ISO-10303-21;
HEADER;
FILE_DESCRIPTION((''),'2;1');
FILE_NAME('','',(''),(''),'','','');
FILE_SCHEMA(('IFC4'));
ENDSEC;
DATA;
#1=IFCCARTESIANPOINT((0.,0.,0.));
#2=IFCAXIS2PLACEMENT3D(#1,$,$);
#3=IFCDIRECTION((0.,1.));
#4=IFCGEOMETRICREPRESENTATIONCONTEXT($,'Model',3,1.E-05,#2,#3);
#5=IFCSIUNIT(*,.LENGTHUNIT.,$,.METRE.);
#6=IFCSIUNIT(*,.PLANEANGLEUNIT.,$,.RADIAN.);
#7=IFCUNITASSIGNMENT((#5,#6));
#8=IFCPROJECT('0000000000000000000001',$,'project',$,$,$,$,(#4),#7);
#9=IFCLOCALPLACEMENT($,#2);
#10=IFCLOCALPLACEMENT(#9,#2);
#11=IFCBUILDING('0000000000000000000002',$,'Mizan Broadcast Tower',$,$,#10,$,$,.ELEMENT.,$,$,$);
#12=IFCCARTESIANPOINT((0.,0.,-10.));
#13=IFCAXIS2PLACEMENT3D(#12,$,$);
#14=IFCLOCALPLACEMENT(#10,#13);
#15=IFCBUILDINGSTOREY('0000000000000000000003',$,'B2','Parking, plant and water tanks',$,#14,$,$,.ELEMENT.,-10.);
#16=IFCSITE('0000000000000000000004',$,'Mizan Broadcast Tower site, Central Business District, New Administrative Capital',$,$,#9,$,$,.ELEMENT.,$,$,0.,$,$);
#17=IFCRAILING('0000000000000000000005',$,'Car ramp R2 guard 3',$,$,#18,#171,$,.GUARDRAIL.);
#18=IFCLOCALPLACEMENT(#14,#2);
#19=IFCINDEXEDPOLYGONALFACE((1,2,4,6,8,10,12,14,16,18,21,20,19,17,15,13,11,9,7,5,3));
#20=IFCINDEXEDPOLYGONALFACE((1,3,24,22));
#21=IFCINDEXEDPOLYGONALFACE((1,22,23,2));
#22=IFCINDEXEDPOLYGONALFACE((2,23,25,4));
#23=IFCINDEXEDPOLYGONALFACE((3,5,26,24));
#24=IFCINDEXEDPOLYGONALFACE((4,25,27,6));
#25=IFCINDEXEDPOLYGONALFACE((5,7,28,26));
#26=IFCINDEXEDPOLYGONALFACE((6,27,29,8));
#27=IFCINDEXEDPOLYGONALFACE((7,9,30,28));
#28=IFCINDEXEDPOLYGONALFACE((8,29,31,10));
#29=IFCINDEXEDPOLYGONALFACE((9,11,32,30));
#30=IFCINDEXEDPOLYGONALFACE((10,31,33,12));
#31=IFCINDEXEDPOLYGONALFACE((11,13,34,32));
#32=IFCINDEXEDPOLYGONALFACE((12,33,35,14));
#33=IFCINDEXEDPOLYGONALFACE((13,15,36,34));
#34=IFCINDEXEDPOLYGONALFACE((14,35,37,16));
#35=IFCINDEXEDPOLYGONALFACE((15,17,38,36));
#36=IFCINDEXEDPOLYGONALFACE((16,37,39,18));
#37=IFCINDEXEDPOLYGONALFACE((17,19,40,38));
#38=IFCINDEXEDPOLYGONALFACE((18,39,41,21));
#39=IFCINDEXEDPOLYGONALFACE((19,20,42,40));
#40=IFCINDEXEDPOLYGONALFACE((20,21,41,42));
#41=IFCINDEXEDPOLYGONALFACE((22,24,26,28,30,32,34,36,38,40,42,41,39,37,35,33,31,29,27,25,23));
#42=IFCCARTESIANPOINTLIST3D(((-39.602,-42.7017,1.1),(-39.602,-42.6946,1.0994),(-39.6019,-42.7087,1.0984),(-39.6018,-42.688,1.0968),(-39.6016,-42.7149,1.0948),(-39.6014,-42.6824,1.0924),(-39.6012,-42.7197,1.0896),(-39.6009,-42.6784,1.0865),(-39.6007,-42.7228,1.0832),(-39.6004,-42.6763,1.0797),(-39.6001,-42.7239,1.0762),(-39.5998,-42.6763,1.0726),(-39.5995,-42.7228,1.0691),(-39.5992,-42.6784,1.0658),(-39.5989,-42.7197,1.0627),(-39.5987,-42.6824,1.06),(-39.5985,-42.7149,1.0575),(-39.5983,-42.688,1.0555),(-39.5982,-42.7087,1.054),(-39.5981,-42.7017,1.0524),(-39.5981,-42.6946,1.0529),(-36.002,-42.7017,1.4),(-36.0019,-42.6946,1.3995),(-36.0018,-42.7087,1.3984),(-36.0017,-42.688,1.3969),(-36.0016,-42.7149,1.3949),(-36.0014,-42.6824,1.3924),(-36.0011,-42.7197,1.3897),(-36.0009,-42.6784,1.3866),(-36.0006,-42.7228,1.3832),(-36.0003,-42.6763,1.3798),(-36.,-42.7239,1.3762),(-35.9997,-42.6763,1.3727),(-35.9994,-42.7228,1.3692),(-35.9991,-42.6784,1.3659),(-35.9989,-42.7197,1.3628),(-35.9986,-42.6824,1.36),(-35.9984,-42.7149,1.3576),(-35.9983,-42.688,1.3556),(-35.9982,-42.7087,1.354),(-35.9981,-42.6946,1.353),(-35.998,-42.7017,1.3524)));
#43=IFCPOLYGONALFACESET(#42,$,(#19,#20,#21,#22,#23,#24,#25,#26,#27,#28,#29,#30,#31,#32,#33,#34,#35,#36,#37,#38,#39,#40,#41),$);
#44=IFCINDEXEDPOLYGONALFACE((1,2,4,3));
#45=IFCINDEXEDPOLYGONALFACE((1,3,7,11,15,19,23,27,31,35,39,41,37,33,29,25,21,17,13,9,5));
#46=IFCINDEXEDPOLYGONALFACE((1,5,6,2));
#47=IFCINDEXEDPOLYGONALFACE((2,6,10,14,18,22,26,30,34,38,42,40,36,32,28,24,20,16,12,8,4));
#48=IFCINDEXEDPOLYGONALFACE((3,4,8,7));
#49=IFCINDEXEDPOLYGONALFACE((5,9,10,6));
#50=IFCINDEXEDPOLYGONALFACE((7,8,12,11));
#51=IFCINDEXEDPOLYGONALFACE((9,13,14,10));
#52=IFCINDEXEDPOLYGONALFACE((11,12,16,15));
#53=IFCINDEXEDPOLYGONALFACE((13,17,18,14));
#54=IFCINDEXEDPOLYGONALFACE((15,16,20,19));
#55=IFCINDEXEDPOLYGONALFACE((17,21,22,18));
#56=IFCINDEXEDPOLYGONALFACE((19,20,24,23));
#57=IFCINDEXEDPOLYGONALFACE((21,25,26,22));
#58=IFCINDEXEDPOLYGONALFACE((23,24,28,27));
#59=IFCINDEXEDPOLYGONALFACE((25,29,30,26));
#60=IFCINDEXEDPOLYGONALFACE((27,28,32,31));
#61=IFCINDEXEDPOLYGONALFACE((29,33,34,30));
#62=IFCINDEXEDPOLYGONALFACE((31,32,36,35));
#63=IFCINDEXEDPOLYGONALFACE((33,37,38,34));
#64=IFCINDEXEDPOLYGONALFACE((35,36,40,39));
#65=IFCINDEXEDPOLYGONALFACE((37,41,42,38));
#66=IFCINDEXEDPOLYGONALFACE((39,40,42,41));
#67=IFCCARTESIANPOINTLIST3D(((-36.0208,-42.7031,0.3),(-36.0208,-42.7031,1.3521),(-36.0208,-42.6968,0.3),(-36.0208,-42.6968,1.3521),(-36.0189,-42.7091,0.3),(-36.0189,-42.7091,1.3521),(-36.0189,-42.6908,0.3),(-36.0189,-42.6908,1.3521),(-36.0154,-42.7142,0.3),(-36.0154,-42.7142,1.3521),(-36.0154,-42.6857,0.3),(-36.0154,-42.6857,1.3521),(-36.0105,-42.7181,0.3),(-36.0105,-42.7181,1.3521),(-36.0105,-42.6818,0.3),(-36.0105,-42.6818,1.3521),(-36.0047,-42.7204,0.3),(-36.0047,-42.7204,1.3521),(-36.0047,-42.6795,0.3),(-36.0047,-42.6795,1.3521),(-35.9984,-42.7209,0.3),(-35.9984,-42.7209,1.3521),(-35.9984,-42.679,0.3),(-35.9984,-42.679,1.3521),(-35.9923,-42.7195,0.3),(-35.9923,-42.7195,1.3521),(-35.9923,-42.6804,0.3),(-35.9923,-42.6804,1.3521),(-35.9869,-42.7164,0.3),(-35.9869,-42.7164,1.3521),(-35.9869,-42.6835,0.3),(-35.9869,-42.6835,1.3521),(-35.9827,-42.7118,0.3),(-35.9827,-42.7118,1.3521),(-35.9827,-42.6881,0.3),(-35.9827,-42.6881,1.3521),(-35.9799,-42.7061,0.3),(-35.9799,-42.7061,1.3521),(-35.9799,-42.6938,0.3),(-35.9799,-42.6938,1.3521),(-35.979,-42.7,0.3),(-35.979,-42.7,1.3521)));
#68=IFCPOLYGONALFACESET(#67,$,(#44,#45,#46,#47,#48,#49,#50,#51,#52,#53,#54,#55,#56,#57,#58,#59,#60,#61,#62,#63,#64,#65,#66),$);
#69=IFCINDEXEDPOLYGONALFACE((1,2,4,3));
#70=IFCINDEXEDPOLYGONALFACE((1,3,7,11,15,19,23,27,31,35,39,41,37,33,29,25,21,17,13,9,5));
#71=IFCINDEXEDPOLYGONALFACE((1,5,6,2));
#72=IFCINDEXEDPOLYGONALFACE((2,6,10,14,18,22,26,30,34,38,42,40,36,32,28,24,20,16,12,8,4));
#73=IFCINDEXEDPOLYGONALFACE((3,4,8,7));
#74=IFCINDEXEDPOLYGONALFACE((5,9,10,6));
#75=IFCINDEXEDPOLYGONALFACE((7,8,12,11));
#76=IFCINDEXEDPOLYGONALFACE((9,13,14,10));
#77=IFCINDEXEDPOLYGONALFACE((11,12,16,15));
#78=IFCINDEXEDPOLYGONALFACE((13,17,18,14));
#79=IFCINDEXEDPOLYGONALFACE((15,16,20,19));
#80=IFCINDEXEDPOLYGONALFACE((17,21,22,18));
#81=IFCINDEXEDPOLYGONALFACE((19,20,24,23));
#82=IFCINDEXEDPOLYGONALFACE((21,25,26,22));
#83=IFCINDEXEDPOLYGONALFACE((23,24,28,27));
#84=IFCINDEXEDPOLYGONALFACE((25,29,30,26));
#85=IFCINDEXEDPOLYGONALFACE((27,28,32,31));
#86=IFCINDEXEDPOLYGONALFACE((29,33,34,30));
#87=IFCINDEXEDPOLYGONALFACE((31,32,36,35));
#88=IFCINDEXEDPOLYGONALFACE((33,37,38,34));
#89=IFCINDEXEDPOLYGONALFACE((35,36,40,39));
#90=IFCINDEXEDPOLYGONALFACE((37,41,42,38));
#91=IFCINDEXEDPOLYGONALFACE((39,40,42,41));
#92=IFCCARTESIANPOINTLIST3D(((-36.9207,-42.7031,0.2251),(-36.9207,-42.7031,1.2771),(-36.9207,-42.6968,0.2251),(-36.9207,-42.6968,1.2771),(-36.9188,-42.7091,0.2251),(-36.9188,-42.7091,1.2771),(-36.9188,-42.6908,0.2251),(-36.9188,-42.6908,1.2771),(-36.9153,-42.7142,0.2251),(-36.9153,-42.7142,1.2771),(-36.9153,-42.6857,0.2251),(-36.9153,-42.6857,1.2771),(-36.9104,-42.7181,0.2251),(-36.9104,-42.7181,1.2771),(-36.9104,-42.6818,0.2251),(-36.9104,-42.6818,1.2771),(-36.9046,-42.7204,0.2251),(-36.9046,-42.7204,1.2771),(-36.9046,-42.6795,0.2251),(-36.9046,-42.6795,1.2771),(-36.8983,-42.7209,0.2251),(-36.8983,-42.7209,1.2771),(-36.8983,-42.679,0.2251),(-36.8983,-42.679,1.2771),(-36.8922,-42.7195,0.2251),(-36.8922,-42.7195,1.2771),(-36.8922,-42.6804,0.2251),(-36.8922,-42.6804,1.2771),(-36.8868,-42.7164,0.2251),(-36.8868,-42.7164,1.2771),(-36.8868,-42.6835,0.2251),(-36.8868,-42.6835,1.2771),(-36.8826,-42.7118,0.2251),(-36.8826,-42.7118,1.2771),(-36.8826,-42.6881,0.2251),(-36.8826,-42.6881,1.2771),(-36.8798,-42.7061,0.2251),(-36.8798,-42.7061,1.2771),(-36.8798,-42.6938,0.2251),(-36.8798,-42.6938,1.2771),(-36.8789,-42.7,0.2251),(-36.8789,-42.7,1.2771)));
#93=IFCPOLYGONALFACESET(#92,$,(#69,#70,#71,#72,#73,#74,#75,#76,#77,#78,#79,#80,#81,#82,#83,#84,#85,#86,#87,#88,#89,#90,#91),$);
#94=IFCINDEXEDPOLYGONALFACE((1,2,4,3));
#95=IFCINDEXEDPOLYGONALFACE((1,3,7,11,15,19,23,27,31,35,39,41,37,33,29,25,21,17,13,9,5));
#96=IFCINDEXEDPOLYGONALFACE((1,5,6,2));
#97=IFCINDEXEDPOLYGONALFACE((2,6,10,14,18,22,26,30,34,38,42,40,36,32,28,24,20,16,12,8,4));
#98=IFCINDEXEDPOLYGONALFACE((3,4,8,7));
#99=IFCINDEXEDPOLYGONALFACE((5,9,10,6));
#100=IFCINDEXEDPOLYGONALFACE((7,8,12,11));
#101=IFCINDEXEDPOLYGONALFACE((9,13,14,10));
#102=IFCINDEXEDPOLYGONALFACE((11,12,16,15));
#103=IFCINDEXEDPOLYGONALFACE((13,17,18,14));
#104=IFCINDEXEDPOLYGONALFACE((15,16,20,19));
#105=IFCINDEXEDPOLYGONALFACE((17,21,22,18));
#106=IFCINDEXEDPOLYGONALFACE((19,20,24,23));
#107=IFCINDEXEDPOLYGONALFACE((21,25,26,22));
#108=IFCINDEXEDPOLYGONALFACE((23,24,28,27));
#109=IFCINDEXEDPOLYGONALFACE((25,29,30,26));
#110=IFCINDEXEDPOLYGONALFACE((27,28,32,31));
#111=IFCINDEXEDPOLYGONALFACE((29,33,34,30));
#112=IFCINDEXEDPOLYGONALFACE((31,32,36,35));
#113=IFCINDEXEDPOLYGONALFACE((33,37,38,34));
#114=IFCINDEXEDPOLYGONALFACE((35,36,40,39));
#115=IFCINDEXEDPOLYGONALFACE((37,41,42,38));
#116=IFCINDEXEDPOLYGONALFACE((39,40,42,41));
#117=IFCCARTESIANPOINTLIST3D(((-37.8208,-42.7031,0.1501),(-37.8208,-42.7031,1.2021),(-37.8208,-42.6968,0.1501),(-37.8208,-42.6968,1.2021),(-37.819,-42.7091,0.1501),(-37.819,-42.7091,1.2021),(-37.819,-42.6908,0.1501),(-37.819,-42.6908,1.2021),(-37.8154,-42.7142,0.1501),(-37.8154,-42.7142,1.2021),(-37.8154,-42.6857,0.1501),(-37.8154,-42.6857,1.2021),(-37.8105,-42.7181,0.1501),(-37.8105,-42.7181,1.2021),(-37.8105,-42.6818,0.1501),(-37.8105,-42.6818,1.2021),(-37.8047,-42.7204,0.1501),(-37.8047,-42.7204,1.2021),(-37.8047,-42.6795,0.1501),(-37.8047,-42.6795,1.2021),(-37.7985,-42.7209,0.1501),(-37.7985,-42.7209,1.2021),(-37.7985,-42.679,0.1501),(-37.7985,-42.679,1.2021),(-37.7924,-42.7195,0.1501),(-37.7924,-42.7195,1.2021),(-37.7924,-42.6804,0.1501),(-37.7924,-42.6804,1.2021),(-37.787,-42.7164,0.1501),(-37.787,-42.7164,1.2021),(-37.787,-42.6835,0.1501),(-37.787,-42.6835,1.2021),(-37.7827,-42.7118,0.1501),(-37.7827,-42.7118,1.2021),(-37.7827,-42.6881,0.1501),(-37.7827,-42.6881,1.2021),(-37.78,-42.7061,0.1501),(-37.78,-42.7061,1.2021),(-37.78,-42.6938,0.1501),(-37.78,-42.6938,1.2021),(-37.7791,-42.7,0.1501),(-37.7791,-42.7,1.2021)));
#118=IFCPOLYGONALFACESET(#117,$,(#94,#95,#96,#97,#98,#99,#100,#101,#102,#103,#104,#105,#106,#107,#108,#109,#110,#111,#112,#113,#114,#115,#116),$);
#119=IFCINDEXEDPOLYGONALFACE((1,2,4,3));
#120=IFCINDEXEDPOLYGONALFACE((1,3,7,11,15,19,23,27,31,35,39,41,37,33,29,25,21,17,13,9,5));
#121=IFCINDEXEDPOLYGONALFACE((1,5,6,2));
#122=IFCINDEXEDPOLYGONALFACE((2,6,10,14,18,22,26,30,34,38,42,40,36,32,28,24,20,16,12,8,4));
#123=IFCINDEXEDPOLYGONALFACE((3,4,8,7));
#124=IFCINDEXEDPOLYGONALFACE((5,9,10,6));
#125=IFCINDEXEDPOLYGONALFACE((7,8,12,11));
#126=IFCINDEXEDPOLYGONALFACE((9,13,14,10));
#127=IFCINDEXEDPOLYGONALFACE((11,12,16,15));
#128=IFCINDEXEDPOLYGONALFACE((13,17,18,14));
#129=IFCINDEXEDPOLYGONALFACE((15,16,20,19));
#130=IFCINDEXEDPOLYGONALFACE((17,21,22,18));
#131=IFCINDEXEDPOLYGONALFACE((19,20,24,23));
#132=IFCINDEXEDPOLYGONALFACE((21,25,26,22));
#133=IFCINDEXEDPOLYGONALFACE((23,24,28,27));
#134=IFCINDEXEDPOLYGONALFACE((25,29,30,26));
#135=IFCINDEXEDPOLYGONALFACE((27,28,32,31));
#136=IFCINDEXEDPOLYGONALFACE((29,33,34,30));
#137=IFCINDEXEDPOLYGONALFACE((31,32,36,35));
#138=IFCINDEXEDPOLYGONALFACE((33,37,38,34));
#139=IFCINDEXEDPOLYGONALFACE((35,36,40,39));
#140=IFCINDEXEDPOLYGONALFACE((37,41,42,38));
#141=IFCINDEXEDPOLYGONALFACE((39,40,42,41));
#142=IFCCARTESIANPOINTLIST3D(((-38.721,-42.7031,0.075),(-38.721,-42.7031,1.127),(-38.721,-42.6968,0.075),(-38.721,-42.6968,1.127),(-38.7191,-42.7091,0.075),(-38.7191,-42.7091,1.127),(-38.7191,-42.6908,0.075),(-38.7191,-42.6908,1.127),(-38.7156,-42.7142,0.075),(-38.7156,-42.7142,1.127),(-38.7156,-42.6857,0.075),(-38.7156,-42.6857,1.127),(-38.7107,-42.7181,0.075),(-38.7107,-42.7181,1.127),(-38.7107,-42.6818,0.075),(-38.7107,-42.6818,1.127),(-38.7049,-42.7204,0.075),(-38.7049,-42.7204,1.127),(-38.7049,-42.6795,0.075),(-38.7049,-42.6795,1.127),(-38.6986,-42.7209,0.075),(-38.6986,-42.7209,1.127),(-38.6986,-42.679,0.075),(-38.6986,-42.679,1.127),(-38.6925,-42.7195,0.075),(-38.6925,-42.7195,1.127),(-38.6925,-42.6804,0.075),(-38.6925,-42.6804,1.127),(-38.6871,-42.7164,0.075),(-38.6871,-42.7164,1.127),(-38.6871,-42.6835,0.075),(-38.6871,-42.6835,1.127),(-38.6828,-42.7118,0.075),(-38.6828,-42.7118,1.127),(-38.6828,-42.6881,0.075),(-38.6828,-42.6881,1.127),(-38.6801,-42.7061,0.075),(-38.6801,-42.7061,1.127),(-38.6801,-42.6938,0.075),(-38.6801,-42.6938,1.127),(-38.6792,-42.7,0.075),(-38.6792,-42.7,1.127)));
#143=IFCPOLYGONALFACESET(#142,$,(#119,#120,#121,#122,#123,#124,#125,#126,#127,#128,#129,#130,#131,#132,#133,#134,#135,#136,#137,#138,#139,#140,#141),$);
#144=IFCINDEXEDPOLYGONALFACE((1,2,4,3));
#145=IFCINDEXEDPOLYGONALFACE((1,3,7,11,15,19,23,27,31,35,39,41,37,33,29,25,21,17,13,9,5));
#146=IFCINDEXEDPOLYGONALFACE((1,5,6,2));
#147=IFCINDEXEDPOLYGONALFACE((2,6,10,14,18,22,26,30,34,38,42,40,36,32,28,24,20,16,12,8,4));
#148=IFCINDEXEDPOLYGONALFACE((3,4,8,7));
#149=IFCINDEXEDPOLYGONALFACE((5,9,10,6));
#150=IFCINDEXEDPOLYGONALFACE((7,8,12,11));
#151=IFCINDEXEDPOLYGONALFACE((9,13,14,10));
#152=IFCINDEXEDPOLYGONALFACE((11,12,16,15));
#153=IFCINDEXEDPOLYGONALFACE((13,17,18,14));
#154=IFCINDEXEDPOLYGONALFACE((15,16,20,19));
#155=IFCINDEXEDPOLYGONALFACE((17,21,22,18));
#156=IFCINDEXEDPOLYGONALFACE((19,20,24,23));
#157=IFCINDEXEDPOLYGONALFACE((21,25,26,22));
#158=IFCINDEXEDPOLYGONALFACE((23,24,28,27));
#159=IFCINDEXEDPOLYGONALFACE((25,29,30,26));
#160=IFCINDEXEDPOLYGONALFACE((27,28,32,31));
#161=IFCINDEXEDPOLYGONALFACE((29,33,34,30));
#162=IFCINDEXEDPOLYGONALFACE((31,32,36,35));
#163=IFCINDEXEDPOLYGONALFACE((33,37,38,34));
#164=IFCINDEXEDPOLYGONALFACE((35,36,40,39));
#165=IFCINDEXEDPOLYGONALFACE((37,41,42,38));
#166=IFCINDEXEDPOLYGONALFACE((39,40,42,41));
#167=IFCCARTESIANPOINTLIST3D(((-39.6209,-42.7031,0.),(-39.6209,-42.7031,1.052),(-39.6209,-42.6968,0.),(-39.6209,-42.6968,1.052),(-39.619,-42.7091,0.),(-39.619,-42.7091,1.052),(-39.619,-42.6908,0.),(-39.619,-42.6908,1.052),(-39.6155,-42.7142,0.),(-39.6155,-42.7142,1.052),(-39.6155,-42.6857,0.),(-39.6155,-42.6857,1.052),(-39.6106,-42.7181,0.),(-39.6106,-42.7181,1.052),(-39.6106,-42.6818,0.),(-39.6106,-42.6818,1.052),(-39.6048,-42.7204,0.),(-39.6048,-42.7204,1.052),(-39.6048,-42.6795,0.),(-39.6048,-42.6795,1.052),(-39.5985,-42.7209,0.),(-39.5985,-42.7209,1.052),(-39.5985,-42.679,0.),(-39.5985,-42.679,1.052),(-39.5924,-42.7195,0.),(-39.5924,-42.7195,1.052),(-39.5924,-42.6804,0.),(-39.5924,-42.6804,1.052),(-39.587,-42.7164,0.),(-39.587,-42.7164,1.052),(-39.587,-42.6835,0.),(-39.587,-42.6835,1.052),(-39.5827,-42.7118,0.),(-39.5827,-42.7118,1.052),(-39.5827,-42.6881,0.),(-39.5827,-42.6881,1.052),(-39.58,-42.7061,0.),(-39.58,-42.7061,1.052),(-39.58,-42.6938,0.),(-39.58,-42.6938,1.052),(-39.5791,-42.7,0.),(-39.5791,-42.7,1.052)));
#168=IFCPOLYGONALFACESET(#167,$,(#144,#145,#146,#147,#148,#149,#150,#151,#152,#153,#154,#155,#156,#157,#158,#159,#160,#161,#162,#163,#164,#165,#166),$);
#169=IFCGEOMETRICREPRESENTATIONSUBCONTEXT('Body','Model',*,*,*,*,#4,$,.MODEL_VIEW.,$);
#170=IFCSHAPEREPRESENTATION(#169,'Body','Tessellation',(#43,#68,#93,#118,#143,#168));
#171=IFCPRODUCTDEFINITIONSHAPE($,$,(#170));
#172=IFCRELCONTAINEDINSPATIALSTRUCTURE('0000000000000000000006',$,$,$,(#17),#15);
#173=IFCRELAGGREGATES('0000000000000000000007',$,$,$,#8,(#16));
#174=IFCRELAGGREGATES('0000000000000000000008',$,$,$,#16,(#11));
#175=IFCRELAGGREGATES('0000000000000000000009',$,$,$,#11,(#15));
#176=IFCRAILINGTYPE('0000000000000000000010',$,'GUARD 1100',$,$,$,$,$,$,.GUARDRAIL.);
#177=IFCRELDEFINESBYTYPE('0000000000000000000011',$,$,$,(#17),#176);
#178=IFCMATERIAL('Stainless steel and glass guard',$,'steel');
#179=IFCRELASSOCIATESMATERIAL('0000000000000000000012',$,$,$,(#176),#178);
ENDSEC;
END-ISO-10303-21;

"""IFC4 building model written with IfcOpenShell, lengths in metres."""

from ifc_helpers import new_model, si_unit, direction, frame, origin, origin_2d, place, context, subcontext, project, spatial, circle, extrude, material, type_object, element, save


model = new_model("IFC4")

# Units and contexts
model_context = context("Model", 3, precision=1e-05, world=origin(), true_north=direction((0.0, 1.0)))
body_context = subcontext(model_context, "Body", "Model", "MODEL_VIEW")
ifc_project = project(units=[si_unit("LENGTHUNIT", "METRE"), si_unit("PLANEANGLEUNIT", "RADIAN")], contexts=[model_context])

# Site, building, storey
site_placement = place(None, origin())
site = spatial("IfcSite", under=ifc_project, at=site_placement, Name="Mizan Broadcast Tower site, Central Business District, New Administrative Capital", CompositionType="ELEMENT", RefElevation=0.0)
building_placement = place(site_placement, origin())
building = spatial("IfcBuilding", under=site, at=building_placement, Name="Mizan Broadcast Tower", CompositionType="ELEMENT")
storey_placement = place(building_placement, frame((0.0, 0.0, -10.0)))
storey = spatial("IfcBuildingStorey", under=building, at=storey_placement, Name="B2", Description="Parking, plant and water tanks", CompositionType="ELEMENT", Elevation=-10.0)

# Railing
ifc_material_1 = material(Name="Stainless steel and glass guard", Category="steel")
railing_type = type_object("IfcRailingType", Name="GUARD 1100", PredefinedType="GUARDRAIL", material=ifc_material_1)
railing_placement = place(storey_placement, frame((-36.0, -42.7, 0.3)))
element("IfcRailing", 1, at=railing_placement, inside=storey, type_object=railing_type, Name="Car ramp R2 guard 3", PredefinedType="GUARDRAIL", context=body_context, shape_type="SweptSolid", body=[
    extrude(circle(Radius=0.0239, at=origin_2d()), frame((0.0, 0.0, 1.0762), z_axis=(-0.996545, 0.0, -0.083057), x_axis=(0.0, -1.0, 0.0)), (0.0, 0.0, 1.0), 3.6125),
    extrude(circle(Radius=0.021, at=origin_2d()), origin(), (0.0, 0.0, 1.0), 1.052),
    extrude(circle(Radius=0.021, at=origin_2d()), frame((-0.8999, 0.0, -0.075)), (0.0, 0.0, 1.0), 1.052),
    extrude(circle(Radius=0.021, at=origin_2d()), frame((-1.8, 0.0, -0.1499)), (0.0, 0.0, 1.0), 1.052),
    extrude(circle(Radius=0.021, at=origin_2d()), frame((-2.7002, 0.0, -0.2251)), (0.0, 0.0, 1.0), 1.052),
    extrude(circle(Radius=0.021, at=origin_2d()), frame((-3.6001, 0.0, -0.3)), (0.0, 0.0, 1.0), 1.052),
])

save(model, "model.ifc")
